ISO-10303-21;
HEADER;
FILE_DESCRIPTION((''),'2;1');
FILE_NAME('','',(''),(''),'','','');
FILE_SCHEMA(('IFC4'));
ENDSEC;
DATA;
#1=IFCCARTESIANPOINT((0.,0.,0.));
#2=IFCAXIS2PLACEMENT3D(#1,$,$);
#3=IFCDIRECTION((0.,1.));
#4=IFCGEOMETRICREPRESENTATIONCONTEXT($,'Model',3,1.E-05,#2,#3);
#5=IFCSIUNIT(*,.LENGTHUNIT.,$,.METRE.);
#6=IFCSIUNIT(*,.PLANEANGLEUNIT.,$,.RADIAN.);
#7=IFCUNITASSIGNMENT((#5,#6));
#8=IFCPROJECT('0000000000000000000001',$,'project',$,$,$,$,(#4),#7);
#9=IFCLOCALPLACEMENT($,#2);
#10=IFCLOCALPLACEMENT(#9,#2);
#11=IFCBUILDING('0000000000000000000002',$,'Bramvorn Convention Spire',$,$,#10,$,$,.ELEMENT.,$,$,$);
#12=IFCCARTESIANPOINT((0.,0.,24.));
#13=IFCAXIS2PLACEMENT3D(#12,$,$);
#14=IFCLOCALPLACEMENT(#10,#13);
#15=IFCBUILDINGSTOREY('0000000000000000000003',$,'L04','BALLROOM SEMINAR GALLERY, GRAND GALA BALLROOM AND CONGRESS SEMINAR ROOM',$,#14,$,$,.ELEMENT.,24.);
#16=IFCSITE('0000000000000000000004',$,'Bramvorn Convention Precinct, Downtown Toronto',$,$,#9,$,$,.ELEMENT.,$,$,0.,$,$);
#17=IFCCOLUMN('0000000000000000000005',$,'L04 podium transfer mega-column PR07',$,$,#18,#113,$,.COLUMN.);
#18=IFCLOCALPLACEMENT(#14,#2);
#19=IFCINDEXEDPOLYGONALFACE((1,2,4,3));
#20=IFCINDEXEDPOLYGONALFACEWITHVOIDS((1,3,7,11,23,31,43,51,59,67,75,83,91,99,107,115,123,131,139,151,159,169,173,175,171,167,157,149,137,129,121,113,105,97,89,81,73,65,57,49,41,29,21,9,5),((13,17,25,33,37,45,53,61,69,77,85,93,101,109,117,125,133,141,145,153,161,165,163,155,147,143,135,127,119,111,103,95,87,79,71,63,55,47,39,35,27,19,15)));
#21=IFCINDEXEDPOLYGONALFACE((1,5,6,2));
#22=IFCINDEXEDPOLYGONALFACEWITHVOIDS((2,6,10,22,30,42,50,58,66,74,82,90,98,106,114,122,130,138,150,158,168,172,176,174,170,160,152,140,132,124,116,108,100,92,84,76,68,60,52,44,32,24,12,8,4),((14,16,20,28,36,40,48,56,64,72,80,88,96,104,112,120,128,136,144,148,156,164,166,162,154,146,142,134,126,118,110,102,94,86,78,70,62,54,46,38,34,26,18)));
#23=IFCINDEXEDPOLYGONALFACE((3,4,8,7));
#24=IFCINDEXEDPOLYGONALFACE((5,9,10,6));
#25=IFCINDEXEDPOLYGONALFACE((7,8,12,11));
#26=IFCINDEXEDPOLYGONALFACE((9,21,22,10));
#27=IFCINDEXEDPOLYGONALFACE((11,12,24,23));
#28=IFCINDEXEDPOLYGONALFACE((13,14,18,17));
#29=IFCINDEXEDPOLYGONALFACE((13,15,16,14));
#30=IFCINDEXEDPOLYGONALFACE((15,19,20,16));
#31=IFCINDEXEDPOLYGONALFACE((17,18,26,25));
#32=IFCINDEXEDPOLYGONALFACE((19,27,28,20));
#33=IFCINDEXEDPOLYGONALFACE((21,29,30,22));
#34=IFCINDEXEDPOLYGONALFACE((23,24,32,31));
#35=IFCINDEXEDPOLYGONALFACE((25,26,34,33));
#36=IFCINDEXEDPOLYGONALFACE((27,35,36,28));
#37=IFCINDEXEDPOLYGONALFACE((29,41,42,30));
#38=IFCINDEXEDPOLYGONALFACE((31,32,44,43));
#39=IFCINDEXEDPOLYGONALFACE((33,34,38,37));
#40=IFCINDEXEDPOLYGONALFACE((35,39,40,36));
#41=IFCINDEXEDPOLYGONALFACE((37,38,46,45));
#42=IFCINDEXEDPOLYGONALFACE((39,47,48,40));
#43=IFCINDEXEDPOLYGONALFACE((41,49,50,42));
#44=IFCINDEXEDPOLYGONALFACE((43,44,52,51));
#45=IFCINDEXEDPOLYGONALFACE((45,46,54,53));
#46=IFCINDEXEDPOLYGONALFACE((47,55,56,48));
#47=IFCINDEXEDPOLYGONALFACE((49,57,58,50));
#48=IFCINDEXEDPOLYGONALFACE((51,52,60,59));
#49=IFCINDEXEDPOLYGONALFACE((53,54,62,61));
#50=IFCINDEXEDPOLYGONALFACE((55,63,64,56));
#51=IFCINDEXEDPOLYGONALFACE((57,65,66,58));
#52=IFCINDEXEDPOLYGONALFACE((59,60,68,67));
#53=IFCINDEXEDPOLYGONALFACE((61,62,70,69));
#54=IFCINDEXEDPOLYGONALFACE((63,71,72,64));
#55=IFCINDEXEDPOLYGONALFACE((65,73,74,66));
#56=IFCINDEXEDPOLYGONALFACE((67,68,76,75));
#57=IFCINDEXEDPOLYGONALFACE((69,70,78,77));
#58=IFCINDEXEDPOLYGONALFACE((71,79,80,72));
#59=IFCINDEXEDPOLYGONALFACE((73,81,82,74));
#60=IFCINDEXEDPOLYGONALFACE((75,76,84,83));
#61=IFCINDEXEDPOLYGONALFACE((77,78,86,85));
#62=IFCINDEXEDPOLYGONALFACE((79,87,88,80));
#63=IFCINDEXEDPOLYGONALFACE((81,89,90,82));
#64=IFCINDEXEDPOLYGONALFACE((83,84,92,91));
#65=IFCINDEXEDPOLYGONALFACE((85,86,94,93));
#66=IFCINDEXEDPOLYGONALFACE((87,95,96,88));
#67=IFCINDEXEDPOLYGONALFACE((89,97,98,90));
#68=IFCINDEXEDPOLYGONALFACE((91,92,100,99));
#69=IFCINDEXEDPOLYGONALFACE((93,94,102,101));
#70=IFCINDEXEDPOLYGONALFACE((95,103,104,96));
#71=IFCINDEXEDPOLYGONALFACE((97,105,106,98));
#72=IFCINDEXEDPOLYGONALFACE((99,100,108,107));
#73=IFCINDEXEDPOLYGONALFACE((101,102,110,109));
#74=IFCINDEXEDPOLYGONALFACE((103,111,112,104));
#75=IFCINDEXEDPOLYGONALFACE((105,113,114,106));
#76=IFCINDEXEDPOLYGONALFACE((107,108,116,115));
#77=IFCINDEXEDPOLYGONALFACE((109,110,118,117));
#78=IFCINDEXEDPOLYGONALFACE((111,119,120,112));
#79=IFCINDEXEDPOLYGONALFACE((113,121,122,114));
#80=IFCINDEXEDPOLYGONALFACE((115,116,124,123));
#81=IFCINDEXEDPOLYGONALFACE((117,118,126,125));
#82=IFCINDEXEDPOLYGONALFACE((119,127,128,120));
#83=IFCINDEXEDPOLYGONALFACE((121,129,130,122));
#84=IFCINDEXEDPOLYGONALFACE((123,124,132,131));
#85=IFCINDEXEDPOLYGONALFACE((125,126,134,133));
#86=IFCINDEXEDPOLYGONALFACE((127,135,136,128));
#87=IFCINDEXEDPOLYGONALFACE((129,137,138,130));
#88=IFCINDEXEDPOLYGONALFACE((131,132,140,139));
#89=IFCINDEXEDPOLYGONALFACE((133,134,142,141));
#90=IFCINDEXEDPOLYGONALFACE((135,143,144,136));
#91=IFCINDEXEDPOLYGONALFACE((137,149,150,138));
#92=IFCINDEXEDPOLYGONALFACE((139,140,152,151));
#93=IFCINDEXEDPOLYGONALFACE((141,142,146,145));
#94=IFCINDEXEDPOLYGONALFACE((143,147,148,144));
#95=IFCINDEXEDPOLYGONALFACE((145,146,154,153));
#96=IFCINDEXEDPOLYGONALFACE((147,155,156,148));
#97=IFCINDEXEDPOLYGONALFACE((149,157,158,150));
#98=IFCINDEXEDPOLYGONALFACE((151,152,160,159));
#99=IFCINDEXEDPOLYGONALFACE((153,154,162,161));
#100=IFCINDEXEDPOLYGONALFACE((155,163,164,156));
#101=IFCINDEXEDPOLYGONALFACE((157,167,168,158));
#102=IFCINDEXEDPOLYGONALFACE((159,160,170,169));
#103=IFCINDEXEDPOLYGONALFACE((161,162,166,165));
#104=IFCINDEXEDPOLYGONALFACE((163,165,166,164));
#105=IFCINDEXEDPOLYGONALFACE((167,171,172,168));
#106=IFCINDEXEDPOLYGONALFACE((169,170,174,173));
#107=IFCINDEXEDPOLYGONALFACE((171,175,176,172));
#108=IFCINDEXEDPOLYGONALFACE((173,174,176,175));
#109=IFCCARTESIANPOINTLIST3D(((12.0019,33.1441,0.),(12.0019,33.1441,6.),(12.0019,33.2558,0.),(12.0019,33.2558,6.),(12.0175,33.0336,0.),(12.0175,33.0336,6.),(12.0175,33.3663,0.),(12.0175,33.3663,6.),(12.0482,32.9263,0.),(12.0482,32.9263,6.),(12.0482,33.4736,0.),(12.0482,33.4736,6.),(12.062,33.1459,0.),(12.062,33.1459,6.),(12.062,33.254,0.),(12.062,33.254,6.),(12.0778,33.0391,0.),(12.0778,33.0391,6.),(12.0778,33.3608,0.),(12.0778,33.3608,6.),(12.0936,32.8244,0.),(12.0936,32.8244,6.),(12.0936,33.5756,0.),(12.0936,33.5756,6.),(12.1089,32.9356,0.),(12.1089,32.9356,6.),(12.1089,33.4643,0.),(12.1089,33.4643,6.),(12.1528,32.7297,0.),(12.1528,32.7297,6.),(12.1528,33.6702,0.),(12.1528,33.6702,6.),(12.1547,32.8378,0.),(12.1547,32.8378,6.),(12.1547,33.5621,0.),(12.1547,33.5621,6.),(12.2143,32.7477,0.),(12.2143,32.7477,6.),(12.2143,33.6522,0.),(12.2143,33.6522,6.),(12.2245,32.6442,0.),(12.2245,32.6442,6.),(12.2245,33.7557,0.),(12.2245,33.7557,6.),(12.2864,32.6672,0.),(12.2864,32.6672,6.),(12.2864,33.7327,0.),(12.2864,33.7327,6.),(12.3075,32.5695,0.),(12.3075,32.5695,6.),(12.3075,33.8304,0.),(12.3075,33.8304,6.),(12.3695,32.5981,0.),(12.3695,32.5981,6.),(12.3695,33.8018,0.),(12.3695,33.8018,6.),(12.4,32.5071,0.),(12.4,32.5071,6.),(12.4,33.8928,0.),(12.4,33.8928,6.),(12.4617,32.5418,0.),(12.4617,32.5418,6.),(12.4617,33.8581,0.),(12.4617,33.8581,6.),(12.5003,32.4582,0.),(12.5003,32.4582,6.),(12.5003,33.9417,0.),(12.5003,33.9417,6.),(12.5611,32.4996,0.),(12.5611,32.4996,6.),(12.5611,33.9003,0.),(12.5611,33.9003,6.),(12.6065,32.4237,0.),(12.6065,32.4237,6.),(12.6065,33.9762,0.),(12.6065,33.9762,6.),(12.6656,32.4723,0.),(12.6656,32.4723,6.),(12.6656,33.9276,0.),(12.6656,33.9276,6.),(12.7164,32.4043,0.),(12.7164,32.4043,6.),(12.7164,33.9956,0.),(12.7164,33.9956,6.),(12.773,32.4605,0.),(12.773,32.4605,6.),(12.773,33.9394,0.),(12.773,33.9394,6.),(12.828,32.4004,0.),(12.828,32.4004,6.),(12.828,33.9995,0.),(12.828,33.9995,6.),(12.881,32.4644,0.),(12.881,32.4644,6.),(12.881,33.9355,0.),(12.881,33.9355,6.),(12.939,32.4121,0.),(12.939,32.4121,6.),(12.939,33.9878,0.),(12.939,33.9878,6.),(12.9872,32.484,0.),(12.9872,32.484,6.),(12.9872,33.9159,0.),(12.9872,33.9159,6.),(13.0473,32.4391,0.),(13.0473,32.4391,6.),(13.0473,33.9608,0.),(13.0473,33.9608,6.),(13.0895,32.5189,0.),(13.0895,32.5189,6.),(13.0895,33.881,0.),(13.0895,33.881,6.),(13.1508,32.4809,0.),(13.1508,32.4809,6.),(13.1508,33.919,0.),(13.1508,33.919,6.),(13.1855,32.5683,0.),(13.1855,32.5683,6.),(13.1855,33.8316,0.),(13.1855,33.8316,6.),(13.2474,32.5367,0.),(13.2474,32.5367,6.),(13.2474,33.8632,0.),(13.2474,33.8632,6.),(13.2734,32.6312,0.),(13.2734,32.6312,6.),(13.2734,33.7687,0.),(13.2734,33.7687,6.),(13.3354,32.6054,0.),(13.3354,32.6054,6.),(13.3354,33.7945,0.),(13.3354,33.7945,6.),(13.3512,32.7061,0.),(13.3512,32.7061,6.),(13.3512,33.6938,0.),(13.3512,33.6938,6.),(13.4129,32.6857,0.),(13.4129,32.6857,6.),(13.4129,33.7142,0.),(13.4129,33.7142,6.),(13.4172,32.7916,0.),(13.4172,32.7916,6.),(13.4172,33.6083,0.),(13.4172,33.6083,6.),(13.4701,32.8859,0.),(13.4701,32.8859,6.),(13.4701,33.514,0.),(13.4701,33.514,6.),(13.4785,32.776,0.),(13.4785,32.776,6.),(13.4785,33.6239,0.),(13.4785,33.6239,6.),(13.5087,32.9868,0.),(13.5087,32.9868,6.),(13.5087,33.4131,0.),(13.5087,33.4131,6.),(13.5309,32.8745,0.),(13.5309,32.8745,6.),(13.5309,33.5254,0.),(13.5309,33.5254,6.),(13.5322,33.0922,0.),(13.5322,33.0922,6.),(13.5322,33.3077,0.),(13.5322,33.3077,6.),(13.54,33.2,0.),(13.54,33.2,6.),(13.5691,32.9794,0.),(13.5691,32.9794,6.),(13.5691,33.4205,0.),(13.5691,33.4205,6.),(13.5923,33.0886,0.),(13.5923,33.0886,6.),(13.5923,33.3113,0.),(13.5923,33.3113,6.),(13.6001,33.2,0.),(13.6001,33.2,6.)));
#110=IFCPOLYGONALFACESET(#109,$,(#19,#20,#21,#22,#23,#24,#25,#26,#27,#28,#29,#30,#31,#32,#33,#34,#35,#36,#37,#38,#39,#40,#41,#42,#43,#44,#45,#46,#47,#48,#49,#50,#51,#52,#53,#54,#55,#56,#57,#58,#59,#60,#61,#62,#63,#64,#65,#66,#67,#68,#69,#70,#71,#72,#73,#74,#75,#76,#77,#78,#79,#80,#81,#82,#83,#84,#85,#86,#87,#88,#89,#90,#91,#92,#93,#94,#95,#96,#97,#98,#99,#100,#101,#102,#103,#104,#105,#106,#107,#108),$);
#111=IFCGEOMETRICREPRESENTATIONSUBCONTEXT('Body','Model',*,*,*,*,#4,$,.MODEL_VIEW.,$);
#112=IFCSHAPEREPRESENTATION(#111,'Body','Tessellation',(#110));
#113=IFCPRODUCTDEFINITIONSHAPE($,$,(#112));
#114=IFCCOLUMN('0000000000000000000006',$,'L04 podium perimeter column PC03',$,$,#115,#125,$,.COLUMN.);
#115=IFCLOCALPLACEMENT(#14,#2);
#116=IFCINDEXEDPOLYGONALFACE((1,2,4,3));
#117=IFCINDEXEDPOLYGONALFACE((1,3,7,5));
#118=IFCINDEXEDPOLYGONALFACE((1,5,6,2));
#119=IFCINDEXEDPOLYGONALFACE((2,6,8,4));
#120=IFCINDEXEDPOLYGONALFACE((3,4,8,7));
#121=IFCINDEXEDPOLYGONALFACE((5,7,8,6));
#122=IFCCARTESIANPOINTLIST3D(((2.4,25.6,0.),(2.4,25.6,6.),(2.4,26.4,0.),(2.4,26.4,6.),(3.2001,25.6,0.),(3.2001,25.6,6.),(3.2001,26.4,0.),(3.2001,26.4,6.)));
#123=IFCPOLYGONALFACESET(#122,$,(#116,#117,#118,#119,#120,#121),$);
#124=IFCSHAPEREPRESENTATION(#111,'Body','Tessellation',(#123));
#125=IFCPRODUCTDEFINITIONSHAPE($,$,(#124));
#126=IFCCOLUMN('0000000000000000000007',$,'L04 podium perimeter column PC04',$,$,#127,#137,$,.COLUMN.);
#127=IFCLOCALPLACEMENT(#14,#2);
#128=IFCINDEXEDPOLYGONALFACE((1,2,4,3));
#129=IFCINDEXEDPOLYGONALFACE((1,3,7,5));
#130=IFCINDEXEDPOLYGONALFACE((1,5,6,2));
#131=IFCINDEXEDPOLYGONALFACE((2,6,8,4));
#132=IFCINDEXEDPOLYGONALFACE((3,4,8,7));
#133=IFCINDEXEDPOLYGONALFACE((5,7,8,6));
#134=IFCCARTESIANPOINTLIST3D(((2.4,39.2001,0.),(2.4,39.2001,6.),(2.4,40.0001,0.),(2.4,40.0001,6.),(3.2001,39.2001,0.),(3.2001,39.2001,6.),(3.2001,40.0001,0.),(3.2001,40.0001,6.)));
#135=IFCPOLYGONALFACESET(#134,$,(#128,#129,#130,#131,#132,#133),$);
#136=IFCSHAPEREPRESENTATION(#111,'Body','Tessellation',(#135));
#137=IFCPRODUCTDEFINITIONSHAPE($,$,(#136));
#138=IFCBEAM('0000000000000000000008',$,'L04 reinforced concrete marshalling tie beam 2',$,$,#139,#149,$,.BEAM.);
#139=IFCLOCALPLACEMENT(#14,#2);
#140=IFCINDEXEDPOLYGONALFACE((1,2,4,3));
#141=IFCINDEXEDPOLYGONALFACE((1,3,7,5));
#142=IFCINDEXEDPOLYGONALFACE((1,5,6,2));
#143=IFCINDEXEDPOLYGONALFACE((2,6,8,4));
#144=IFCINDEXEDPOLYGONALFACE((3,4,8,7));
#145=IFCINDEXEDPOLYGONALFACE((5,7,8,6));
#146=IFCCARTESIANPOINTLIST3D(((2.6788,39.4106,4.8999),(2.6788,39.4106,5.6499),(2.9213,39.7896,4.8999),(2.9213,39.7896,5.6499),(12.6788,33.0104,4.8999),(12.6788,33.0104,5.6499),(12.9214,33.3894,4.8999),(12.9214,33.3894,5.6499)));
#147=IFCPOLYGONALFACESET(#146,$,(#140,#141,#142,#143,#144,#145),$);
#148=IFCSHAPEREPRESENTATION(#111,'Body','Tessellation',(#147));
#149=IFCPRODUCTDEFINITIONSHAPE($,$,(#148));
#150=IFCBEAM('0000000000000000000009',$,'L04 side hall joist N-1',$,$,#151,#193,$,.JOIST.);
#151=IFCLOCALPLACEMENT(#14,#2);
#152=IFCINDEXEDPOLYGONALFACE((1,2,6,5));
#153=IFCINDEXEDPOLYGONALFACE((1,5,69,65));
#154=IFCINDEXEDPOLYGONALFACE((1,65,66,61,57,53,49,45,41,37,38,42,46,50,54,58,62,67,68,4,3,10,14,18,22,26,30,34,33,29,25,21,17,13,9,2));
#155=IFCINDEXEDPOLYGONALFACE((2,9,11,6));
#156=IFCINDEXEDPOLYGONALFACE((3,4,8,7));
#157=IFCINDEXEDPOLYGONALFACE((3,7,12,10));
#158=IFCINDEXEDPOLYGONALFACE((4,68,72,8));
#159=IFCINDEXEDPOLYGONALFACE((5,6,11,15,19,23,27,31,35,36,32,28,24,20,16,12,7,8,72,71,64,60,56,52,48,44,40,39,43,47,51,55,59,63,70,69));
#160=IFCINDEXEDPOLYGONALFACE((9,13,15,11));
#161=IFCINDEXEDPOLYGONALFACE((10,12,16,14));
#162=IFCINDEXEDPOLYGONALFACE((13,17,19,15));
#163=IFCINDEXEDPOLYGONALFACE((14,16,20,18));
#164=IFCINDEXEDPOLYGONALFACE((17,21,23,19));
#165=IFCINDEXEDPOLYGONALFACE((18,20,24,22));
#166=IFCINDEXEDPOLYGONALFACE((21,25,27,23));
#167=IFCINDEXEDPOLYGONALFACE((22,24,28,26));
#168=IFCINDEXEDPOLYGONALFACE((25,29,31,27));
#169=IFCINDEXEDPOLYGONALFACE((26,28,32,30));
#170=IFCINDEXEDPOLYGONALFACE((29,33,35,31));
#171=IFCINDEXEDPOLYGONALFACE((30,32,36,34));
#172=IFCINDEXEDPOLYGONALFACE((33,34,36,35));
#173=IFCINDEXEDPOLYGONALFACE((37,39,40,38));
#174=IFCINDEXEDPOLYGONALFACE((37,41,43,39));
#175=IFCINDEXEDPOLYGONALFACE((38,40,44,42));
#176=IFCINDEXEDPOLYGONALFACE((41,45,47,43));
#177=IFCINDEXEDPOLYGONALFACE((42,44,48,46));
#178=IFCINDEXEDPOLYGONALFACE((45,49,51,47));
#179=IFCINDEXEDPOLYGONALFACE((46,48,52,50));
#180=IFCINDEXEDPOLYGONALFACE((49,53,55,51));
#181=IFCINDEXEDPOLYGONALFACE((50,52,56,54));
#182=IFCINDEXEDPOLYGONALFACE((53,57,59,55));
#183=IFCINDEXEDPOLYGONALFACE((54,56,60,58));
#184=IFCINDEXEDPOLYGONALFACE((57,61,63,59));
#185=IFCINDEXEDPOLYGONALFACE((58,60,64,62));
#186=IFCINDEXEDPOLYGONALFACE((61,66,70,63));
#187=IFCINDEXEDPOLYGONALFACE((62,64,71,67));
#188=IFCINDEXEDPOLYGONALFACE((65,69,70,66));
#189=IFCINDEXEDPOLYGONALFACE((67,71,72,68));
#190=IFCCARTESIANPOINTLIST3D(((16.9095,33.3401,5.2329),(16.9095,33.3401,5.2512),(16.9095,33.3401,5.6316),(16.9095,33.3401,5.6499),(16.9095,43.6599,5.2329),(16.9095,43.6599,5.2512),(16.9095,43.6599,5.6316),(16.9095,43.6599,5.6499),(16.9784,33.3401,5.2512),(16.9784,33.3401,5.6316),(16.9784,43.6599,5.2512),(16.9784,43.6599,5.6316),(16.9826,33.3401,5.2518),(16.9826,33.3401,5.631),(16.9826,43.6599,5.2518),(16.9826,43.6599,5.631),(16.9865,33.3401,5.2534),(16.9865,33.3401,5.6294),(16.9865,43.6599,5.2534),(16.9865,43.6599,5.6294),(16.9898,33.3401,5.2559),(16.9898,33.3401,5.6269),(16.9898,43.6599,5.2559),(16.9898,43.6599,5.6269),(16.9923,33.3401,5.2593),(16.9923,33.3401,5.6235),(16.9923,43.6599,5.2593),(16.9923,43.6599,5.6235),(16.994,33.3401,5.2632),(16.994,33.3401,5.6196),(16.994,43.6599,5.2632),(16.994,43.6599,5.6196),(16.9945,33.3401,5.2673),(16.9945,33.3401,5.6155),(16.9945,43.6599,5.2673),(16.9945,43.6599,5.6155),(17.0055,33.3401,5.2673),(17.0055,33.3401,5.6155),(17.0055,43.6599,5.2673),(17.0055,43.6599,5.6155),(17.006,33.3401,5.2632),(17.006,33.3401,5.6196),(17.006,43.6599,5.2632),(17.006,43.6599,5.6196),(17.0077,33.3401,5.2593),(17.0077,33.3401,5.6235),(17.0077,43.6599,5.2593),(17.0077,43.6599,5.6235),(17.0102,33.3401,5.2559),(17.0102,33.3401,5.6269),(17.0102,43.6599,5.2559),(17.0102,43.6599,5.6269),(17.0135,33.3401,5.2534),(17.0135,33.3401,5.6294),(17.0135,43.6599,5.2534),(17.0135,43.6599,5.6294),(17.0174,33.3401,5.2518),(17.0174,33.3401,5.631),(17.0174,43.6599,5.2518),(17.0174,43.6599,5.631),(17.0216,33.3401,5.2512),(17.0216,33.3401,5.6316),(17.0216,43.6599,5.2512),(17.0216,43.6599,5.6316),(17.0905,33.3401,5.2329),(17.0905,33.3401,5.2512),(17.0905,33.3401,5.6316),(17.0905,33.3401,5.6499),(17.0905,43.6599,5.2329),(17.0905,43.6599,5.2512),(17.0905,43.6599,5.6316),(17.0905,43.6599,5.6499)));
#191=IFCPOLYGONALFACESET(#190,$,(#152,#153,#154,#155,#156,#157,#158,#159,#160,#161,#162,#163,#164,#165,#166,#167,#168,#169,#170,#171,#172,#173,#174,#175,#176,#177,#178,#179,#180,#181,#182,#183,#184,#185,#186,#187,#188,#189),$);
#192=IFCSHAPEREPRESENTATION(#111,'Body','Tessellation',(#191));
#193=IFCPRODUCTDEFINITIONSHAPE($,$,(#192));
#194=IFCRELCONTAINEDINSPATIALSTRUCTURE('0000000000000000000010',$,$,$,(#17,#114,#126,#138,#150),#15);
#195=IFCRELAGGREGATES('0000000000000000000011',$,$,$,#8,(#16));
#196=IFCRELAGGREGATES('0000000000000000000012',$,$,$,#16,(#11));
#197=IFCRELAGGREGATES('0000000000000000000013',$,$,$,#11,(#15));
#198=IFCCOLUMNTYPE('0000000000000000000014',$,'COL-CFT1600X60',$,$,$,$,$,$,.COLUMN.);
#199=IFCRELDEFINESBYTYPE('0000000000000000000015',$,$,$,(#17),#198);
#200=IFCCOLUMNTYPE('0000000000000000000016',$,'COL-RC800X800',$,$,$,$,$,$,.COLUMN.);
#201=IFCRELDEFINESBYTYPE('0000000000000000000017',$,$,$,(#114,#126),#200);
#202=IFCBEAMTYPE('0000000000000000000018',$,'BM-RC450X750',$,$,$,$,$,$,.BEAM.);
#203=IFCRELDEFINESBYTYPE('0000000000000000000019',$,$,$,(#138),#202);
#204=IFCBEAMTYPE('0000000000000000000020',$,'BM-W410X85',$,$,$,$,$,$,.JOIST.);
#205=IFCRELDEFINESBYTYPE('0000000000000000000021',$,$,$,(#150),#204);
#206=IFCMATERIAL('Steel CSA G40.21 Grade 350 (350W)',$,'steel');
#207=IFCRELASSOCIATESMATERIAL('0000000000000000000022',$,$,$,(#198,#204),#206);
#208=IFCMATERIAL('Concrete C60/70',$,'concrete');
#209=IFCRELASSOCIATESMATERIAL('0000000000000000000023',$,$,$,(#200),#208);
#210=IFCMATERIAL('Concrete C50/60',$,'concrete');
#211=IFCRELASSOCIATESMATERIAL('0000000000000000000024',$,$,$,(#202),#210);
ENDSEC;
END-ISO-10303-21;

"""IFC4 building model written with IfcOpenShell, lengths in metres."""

from ifc_helpers import new_model, si_unit, direction, frame, origin, origin_2d, place, context, subcontext, project, spatial, rectangle, hollow_circle, i_section, extrude, material, material_profile, profile_set, type_object, element, save


model = new_model("IFC4")

# Units and contexts
model_context = context("Model", 3, precision=1e-05, world=origin(), true_north=direction((0.0, 1.0)))
body_context = subcontext(model_context, "Body", "Model", "MODEL_VIEW")
ifc_project = project(units=[si_unit("LENGTHUNIT", "METRE"), si_unit("PLANEANGLEUNIT", "RADIAN")], contexts=[model_context])

# Site, building, storey
site_placement = place(None, origin())
site = spatial("IfcSite", under=ifc_project, at=site_placement, Name="Bramvorn Convention Precinct, Downtown Toronto", CompositionType="ELEMENT", RefElevation=0.0)
building_placement = place(site_placement, origin())
building = spatial("IfcBuilding", under=site, at=building_placement, Name="Bramvorn Convention Spire", CompositionType="ELEMENT")
storey_placement = place(building_placement, frame((0.0, 0.0, 24.0)))
storey = spatial("IfcBuildingStorey", under=building, at=storey_placement, Name="L04", Description="BALLROOM SEMINAR GALLERY, GRAND GALA BALLROOM AND CONGRESS SEMINAR ROOM", CompositionType="ELEMENT", Elevation=24.0)

# Columns
ifc_material_1 = material(Name="Steel CSA G40.21 Grade 350 (350W)", Category="steel")
ifc_material_profile_1 = material_profile(ifc_material_1, hollow_circle(Radius=0.8, WallThickness=0.0601, at=origin_2d()))
ifc_profile_set_1 = profile_set([ifc_material_profile_1], Name="Steel CSA G40.21 Grade 350 (350W) - CFT1600X60")
column_type_1 = type_object("IfcColumnType", Name="COL-CFT1600X60", PredefinedType="COLUMN", material=ifc_profile_set_1)
column_placement = place(storey_placement, frame((12.8, 33.2, 0.0), z_axis=(0.0, 0.0, 1.0), x_axis=(1.0, 0.0, 0.0)))
element("IfcColumn", 1, at=column_placement, inside=storey, type_object=column_type_1, Name="L04 podium transfer mega-column PR07", PredefinedType="COLUMN", context=body_context, shape_type="SweptSolid", body=[
    extrude(hollow_circle(Radius=0.8, WallThickness=0.0601, at=origin_2d()), origin(), (0.0, 0.0, 1.0), 6.0),
])
ifc_material_2 = material(Name="Concrete C60/70", Category="concrete")
ifc_material_profile_2 = material_profile(ifc_material_2, rectangle(XDim=0.8, YDim=0.8, at=origin_2d()))
ifc_profile_set_2 = profile_set([ifc_material_profile_2], Name="Concrete C60/70 - RC800X800")
column_type_2 = type_object("IfcColumnType", Name="COL-RC800X800", PredefinedType="COLUMN", material=ifc_profile_set_2)
for number, where, z_axis, x_axis, name in (
    (2, (2.8, 26.0, 0.0), (0.0, 0.0, 1.0), (1.0, 0.0, 0.0), "L04 podium perimeter column PC03"),
    (3, (2.8, 39.6001, 0.0), (0.0, 0.0, 1.0), (1.0, 0.0, 0.0), "L04 podium perimeter column PC04"),
):
    element("IfcColumn", number, at=place(storey_placement, frame(where, z_axis=z_axis, x_axis=x_axis)), inside=storey, type_object=column_type_2, Name=name, PredefinedType="COLUMN", context=body_context, shape_type="SweptSolid", body=[
        extrude(rectangle(XDim=0.8, YDim=0.8, at=origin_2d()), origin(), (0.0, 0.0, 1.0), 6.0),
    ])

# Beams
ifc_material_3 = material(Name="Concrete C50/60", Category="concrete")
ifc_material_profile_3 = material_profile(ifc_material_3, rectangle(XDim=0.45, YDim=0.75, at=origin_2d()))
ifc_profile_set_3 = profile_set([ifc_material_profile_3], Name="Concrete C50/60 - RC450X750")
beam_type_1 = type_object("IfcBeamType", Name="BM-RC450X750", PredefinedType="BEAM", material=ifc_profile_set_3)
beam_1_placement = place(storey_placement, frame((2.8, 39.6001, 5.2749), z_axis=(0.842266, -0.539062, 0.0), x_axis=(0.539062, 0.842266, 0.0)))
element("IfcBeam", 4, at=beam_1_placement, inside=storey, type_object=beam_type_1, Name="L04 reinforced concrete marshalling tie beam 2", PredefinedType="BEAM", context=body_context, shape_type="SweptSolid", body=[
    extrude(rectangle(XDim=0.45, YDim=0.75, at=origin_2d()), origin(), (0.0, 0.0, 1.0), 11.8728),
])
ifc_material_profile_4 = material_profile(ifc_material_1, i_section(OverallWidth=0.1809, OverallDepth=0.417, WebThickness=0.011, FlangeThickness=0.0183, FilletRadius=0.0161, at=origin_2d()))
ifc_profile_set_4 = profile_set([ifc_material_profile_4], Name="Steel CSA G40.21 Grade 350 (350W) - W410X85")
beam_type_2 = type_object("IfcBeamType", Name="BM-W410X85", PredefinedType="JOIST", material=ifc_profile_set_4)
beam_2_placement = place(storey_placement, frame((17.0, 33.3401, 5.4414), z_axis=(0.0, 1.0, 0.0), x_axis=(-1.0, 0.0, 0.0)))
element("IfcBeam", 5, at=beam_2_placement, inside=storey, type_object=beam_type_2, Name="L04 side hall joist N-1", PredefinedType="JOIST", context=body_context, shape_type="SweptSolid", body=[
    extrude(i_section(OverallWidth=0.1809, OverallDepth=0.417, WebThickness=0.011, FlangeThickness=0.0183, FilletRadius=0.0161, at=origin_2d()), origin(), (0.0, 0.0, 1.0), 10.3198),
])

save(model, "model.ifc")
